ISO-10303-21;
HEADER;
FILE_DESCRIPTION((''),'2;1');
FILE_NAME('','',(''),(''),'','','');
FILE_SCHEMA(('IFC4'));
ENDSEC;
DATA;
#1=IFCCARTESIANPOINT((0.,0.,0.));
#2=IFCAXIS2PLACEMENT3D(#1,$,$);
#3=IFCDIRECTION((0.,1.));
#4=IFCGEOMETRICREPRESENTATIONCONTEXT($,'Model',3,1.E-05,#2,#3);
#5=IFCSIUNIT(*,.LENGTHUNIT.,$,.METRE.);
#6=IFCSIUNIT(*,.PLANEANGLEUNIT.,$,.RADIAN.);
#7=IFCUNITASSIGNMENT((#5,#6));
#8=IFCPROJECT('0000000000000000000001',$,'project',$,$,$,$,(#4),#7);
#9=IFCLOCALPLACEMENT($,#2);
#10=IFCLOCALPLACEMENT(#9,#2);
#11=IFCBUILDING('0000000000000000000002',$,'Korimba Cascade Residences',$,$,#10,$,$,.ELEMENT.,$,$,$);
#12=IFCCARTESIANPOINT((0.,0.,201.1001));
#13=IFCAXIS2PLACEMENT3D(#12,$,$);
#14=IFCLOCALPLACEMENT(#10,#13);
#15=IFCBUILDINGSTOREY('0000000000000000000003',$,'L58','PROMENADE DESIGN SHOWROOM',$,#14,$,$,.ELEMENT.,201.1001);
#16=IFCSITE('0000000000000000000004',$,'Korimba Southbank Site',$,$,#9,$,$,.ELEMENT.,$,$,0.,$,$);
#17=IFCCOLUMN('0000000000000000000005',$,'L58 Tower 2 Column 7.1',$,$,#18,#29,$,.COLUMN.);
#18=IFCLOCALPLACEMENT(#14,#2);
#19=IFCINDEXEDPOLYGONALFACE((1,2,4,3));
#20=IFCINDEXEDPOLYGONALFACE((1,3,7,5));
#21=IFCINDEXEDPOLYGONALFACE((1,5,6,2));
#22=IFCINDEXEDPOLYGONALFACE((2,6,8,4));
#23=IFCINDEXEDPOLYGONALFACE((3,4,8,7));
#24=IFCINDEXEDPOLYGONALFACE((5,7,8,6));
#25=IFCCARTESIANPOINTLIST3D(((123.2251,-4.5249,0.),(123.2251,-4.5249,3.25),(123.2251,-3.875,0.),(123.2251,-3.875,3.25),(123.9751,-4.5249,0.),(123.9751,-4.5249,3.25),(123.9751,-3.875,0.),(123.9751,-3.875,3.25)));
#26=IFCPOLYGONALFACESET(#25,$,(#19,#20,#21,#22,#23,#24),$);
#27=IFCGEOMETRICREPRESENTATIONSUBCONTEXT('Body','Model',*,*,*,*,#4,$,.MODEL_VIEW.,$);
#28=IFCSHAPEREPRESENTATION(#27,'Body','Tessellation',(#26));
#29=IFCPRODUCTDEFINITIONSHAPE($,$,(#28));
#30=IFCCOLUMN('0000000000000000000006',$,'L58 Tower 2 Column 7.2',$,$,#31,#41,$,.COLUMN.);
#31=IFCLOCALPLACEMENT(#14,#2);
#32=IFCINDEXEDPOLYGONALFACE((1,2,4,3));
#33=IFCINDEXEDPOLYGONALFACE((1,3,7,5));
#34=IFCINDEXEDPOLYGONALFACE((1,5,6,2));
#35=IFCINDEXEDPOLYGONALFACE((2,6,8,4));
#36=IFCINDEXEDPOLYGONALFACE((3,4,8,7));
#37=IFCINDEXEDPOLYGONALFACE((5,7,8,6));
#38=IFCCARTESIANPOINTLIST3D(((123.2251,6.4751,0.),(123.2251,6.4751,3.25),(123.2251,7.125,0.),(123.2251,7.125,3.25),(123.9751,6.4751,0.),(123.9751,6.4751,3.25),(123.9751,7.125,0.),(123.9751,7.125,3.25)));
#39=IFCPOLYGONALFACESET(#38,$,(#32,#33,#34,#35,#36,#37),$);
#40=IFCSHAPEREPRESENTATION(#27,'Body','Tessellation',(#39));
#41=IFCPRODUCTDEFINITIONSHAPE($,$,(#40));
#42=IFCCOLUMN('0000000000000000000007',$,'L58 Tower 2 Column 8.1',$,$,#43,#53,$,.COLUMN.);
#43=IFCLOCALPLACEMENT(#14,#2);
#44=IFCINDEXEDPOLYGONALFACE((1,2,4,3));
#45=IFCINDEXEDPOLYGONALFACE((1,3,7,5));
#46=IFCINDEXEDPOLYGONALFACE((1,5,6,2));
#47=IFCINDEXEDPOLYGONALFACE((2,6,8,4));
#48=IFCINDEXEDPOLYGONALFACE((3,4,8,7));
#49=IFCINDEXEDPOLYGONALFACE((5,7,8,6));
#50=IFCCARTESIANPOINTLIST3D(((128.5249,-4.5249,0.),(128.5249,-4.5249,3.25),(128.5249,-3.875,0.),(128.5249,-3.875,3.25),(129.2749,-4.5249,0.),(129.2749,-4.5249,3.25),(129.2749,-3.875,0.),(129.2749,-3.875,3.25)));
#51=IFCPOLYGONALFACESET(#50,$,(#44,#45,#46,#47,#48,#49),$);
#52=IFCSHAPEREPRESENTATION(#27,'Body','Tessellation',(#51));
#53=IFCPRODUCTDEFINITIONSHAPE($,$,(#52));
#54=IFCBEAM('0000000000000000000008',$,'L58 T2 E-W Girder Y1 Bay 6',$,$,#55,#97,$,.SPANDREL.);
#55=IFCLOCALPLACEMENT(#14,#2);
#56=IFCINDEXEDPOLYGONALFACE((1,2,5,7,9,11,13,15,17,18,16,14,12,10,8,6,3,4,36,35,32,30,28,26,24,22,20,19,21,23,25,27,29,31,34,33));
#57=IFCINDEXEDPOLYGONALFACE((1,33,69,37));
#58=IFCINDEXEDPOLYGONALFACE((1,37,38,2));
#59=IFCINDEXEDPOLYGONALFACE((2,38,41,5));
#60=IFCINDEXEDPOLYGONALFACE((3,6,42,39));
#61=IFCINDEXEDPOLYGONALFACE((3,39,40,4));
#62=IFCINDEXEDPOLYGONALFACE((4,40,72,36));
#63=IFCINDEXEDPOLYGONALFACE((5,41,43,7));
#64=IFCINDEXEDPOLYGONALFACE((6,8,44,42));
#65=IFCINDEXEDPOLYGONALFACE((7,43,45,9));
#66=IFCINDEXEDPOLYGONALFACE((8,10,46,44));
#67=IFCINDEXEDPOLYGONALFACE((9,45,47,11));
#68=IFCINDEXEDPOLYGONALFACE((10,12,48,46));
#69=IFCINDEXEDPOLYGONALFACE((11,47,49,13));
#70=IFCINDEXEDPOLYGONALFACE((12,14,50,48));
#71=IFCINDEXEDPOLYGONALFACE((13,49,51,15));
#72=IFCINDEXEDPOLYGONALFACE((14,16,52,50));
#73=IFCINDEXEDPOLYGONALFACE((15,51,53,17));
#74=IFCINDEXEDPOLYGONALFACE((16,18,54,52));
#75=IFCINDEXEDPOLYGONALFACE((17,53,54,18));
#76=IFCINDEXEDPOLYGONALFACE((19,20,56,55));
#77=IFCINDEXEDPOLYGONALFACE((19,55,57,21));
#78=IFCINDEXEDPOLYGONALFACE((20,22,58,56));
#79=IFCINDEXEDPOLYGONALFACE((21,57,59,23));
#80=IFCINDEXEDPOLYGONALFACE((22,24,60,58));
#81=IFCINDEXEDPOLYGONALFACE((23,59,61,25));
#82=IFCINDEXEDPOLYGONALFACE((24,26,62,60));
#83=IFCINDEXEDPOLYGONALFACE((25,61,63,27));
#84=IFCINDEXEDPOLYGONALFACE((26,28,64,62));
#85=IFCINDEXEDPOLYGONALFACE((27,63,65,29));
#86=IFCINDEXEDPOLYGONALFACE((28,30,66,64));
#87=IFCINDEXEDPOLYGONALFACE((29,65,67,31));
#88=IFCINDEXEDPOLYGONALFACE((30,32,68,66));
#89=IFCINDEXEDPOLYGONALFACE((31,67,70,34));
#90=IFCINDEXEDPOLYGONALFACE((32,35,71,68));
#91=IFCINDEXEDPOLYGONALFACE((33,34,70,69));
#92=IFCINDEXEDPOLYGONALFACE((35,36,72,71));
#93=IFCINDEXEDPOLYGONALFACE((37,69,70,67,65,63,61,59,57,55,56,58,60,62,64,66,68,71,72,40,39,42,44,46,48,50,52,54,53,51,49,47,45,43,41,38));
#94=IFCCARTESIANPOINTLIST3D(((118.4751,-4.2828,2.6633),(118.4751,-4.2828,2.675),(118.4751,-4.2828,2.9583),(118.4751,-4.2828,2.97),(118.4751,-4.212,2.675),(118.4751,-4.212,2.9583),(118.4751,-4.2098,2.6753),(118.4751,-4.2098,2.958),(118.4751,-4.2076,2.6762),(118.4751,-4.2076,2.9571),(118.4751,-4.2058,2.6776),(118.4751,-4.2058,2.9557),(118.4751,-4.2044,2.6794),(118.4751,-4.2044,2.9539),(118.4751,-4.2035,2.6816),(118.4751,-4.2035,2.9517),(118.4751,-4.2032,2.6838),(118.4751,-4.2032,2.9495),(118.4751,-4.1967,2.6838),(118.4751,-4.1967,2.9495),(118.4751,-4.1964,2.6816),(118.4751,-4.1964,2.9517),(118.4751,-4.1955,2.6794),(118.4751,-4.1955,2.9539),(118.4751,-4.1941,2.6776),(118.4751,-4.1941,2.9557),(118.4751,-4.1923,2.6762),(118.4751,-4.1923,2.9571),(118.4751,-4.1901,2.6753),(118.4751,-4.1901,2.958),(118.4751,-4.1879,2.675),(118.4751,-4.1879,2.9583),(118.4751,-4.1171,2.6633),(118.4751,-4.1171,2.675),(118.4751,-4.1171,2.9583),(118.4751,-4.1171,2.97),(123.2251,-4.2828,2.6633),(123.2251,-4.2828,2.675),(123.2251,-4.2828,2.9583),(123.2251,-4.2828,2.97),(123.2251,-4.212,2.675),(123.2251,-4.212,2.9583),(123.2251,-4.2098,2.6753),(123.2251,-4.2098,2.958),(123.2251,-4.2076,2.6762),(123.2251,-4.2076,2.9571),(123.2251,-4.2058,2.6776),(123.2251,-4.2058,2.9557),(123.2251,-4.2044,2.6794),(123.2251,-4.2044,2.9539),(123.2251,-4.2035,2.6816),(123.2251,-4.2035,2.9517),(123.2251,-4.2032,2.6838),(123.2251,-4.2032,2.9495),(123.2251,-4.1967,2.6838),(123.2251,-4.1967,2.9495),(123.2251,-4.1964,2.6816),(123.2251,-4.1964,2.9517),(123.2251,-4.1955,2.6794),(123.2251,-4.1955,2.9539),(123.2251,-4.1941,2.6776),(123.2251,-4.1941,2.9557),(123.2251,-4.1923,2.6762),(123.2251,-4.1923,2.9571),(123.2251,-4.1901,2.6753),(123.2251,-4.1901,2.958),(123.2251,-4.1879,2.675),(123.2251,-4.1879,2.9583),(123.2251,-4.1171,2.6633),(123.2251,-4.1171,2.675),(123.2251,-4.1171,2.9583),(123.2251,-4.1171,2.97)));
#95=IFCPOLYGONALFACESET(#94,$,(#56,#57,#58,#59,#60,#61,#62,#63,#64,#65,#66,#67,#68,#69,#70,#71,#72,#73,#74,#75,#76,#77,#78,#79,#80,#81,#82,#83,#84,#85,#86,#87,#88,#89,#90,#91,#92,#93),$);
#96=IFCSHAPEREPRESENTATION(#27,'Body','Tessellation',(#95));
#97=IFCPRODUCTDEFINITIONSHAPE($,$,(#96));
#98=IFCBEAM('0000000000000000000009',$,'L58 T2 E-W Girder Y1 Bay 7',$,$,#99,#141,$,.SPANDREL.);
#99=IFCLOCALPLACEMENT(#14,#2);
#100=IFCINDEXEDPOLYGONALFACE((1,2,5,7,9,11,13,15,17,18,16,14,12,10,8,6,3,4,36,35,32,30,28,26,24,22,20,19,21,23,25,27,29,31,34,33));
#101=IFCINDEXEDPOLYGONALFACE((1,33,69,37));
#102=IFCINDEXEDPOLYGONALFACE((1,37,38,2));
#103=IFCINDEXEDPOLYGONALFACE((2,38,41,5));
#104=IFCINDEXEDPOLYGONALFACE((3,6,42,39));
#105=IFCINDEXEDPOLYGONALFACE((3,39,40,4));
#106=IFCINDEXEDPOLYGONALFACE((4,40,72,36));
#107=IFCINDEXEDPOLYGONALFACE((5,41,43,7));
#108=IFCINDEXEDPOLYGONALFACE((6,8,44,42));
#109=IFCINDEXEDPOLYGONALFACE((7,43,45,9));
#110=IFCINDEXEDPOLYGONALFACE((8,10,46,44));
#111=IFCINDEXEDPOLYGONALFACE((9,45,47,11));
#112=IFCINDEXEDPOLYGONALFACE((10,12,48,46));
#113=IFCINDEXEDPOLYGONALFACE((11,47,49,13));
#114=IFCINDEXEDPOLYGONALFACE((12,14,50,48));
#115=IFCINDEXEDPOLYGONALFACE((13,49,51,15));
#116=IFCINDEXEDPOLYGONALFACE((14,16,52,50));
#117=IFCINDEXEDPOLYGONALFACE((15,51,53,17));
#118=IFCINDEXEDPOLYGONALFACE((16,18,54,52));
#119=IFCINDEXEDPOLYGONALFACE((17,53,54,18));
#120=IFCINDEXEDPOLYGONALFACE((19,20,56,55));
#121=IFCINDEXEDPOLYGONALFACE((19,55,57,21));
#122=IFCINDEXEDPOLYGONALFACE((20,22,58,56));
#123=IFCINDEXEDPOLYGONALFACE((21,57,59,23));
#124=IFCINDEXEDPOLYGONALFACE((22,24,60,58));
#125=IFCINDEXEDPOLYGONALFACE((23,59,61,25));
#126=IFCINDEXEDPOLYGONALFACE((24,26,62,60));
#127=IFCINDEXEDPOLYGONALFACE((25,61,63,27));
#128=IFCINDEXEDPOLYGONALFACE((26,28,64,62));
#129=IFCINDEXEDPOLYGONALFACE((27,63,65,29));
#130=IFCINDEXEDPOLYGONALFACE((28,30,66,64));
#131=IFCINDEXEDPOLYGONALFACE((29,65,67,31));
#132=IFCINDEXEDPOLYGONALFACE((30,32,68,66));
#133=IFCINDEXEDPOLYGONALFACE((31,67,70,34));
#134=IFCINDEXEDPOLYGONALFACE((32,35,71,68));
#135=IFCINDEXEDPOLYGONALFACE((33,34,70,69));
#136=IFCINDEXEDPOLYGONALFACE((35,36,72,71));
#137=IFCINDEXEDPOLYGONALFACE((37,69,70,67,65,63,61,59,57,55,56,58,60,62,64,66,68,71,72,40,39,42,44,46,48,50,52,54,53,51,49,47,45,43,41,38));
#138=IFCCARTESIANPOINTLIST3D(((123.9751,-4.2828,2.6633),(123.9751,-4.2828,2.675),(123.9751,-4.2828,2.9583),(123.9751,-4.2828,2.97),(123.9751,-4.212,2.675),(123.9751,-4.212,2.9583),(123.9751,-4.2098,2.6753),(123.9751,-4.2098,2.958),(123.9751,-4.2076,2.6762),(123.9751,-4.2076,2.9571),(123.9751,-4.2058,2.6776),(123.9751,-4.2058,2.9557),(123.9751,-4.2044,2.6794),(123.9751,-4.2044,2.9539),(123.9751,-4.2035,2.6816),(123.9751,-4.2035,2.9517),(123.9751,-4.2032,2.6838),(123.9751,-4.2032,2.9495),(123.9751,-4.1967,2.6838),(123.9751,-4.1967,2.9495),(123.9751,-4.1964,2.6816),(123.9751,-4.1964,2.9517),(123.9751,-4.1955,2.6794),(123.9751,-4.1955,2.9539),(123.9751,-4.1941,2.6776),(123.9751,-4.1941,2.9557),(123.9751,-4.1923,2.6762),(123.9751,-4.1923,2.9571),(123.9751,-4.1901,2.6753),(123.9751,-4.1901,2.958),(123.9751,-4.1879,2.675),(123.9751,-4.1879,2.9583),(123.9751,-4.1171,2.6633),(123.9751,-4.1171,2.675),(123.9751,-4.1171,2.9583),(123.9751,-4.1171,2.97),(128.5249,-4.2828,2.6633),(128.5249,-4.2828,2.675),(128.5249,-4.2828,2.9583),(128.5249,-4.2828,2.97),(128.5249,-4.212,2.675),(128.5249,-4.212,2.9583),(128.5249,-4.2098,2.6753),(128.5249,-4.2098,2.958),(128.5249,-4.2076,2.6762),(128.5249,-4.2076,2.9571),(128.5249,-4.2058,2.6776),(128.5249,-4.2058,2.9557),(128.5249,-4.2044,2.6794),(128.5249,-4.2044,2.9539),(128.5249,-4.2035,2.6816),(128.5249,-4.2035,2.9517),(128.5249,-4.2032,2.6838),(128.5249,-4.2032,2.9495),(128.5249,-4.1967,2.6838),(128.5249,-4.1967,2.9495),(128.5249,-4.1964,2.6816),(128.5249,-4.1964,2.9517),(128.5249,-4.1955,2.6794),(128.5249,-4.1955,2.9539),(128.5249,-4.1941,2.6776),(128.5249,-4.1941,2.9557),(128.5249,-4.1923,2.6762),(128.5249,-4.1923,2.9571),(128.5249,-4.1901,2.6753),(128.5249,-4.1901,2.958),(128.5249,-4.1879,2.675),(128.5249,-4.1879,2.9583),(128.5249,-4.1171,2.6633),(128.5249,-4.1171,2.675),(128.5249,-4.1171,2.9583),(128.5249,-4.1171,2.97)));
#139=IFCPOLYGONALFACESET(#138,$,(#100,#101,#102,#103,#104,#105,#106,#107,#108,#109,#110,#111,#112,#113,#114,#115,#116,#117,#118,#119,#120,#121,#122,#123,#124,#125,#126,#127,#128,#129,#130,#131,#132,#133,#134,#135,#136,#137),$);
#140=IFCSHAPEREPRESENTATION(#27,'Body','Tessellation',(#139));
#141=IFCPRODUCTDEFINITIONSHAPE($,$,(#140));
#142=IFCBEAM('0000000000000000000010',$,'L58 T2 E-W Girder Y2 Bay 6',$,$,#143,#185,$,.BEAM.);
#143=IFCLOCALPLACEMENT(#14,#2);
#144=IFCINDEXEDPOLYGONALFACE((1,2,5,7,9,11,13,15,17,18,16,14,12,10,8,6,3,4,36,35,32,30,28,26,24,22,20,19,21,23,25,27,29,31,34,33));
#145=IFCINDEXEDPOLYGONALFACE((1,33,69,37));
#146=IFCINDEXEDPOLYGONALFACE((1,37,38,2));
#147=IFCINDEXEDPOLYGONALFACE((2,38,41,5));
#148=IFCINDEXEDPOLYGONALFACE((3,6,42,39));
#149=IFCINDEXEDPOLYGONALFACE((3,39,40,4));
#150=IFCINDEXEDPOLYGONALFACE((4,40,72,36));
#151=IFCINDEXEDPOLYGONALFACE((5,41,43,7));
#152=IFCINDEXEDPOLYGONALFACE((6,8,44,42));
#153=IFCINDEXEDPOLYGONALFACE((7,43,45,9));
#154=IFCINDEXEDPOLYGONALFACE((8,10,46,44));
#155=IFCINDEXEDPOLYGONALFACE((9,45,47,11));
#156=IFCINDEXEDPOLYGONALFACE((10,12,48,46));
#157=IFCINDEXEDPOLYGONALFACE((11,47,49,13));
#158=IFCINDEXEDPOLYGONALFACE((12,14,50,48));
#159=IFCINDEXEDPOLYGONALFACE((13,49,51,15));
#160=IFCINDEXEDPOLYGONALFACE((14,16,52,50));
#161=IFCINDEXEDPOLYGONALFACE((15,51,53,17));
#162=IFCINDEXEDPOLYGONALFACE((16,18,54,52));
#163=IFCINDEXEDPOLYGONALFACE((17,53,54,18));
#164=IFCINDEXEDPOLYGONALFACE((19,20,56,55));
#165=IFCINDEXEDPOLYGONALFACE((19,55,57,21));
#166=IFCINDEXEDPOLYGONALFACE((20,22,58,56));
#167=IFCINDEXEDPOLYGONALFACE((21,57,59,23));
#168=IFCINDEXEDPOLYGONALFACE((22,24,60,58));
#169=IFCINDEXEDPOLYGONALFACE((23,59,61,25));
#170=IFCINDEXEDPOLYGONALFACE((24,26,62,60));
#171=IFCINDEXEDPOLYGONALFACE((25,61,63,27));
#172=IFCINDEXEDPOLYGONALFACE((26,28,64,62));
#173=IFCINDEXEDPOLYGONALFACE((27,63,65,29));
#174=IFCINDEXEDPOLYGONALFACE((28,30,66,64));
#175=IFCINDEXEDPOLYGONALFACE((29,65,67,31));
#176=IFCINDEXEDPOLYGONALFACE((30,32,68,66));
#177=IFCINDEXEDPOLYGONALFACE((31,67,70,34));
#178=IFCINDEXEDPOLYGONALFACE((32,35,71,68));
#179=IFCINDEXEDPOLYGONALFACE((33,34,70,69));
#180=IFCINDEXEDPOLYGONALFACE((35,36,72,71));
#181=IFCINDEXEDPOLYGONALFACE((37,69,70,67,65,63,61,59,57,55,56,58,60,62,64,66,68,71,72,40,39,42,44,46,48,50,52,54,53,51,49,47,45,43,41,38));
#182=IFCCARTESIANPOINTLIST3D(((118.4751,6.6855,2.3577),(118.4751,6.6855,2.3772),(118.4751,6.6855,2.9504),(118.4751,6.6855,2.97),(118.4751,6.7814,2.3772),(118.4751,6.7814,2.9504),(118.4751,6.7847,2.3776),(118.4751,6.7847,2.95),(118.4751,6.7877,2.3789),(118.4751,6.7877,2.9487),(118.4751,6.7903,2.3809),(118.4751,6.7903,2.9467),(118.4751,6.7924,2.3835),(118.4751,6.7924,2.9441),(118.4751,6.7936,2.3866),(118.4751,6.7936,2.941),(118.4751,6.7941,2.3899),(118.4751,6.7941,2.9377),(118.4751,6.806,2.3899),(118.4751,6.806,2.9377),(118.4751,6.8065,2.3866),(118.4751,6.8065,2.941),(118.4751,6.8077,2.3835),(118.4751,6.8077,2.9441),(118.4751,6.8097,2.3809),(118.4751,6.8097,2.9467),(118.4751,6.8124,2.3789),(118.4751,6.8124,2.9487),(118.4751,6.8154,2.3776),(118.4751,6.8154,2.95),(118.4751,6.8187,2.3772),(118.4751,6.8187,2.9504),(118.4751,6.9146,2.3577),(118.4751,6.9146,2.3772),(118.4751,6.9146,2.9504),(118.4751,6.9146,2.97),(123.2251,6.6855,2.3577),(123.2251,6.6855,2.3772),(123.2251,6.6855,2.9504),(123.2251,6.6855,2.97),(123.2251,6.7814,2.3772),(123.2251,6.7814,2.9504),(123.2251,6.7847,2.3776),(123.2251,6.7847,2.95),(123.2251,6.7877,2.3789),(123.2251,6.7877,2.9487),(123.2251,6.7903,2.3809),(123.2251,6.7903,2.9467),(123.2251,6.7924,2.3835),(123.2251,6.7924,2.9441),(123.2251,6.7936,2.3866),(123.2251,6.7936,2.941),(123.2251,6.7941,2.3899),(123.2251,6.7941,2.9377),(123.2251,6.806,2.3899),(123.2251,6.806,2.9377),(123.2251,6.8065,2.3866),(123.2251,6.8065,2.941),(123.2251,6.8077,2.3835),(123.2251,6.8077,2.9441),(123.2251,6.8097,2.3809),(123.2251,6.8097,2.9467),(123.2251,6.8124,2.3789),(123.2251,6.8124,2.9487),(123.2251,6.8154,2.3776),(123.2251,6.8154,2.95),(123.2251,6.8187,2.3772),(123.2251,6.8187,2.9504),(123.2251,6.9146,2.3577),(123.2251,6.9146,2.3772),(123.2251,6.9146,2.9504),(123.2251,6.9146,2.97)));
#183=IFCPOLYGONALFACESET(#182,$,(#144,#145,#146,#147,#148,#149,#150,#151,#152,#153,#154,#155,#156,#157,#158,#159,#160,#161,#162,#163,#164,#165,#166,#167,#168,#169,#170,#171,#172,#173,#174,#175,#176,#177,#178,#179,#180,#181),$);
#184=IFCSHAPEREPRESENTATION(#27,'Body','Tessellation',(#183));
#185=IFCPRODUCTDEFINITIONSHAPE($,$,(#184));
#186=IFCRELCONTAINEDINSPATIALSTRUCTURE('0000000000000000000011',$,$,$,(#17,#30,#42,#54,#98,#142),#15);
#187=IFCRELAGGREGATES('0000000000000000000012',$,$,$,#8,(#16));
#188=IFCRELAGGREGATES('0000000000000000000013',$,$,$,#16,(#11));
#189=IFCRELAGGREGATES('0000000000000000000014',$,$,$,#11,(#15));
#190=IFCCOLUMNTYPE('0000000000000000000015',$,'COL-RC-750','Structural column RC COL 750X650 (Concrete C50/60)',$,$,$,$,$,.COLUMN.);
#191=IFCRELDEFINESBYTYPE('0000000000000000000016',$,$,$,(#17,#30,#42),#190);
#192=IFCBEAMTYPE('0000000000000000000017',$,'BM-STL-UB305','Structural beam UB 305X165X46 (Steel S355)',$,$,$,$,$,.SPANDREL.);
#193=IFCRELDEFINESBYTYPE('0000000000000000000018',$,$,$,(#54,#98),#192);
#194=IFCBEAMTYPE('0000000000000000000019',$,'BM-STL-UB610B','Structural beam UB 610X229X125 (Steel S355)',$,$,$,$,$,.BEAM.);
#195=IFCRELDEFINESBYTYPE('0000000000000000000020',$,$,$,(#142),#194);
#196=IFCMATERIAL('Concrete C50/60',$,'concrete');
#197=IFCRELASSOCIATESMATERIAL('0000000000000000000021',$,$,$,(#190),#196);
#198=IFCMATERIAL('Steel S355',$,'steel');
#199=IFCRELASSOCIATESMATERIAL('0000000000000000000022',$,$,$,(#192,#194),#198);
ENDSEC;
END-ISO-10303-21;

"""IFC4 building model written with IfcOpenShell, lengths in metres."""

from ifc_helpers import new_model, si_unit, direction, frame, origin, origin_2d, place, context, subcontext, project, spatial, rectangle, i_section, extrude, material, material_profile, profile_set, type_object, element, save


model = new_model("IFC4")

# Units and contexts
model_context = context("Model", 3, precision=1e-05, world=origin(), true_north=direction((0.0, 1.0)))
body_context = subcontext(model_context, "Body", "Model", "MODEL_VIEW")
ifc_project = project(units=[si_unit("LENGTHUNIT", "METRE"), si_unit("PLANEANGLEUNIT", "RADIAN")], contexts=[model_context])

# Site, building, storey
site_placement = place(None, origin())
site = spatial("IfcSite", under=ifc_project, at=site_placement, Name="Korimba Southbank Site", CompositionType="ELEMENT", RefElevation=0.0)
building_placement = place(site_placement, origin())
building = spatial("IfcBuilding", under=site, at=building_placement, Name="Korimba Cascade Residences", CompositionType="ELEMENT")
storey_placement = place(building_placement, frame((0.0, 0.0, 201.1001)))
storey = spatial("IfcBuildingStorey", under=building, at=storey_placement, Name="L58", Description="PROMENADE DESIGN SHOWROOM", CompositionType="ELEMENT", Elevation=201.1001)

# Columns
ifc_material_1 = material(Name="Concrete C50/60", Category="concrete")
ifc_material_profile_1 = material_profile(ifc_material_1, rectangle(XDim=0.75, YDim=0.6499, at=origin_2d()), Name="Concrete C50/60")
ifc_profile_set_1 = profile_set([ifc_material_profile_1], Name="Concrete C50/60")
column_type = type_object("IfcColumnType", Name="COL-RC-750", Description="Structural column RC COL 750X650 (Concrete C50/60)", PredefinedType="COLUMN", material=ifc_profile_set_1)
for number, where, z_axis, x_axis, name in (
    (1, (123.6001, -4.2, 0.0), (0.0, 0.0, 1.0), (1.0, 0.0, 0.0), "L58 Tower 2 Column 7.1"),
    (2, (123.6001, 6.8, 0.0), (0.0, 0.0, 1.0), (1.0, 0.0, 0.0), "L58 Tower 2 Column 7.2"),
    (3, (128.8999, -4.2, 0.0), (0.0, 0.0, 1.0), (1.0, 0.0, 0.0), "L58 Tower 2 Column 8.1"),
):
    element("IfcColumn", number, at=place(storey_placement, frame(where, z_axis=z_axis, x_axis=x_axis)), inside=storey, type_object=column_type, Name=name, PredefinedType="COLUMN", context=body_context, shape_type="SweptSolid", body=[
        extrude(rectangle(XDim=0.75, YDim=0.6499, at=origin_2d()), origin(), (0.0, 0.0, 1.0), 3.25),
    ])

# Beams
ifc_material_2 = material(Name="Steel S355", Category="steel")
ifc_material_profile_2 = material_profile(ifc_material_2, i_section(OverallWidth=0.1658, OverallDepth=0.3066, WebThickness=0.0066, FlangeThickness=0.0117, FilletRadius=0.0088, at=origin_2d()), Name="Steel S355")
ifc_profile_set_2 = profile_set([ifc_material_profile_2], Name="Steel S355")
beam_type_1 = type_object("IfcBeamType", Name="BM-STL-UB305", Description="Structural beam UB 305X165X46 (Steel S355)", PredefinedType="SPANDREL", material=ifc_profile_set_2)
beam_1_placement = place(storey_placement, frame((118.4751, -4.2, 2.8167), z_axis=(1.0, 0.0, 0.0), x_axis=(0.0, 1.0, 0.0)))
element("IfcBeam", 4, at=beam_1_placement, inside=storey, type_object=beam_type_1, Name="L58 T2 E-W Girder Y1 Bay 6", PredefinedType="SPANDREL", context=body_context, shape_type="SweptSolid", body=[
    extrude(i_section(OverallWidth=0.1658, OverallDepth=0.3066, WebThickness=0.0066, FlangeThickness=0.0117, FilletRadius=0.0088, at=origin_2d()), origin(), (0.0, 0.0, 1.0), 4.75),
])
beam_2_placement = place(storey_placement, frame((123.9751, -4.2, 2.8167), z_axis=(1.0, 0.0, 0.0), x_axis=(0.0, 1.0, 0.0)))
element("IfcBeam", 5, at=beam_2_placement, inside=storey, type_object=beam_type_1, Name="L58 T2 E-W Girder Y1 Bay 7", PredefinedType="SPANDREL", context=body_context, shape_type="SweptSolid", body=[
    extrude(i_section(OverallWidth=0.1658, OverallDepth=0.3066, WebThickness=0.0066, FlangeThickness=0.0117, FilletRadius=0.0088, at=origin_2d()), origin(), (0.0, 0.0, 1.0), 4.5498),
])
ifc_material_profile_3 = material_profile(ifc_material_2, i_section(OverallWidth=0.229, OverallDepth=0.6123, WebThickness=0.012, FlangeThickness=0.0195, FilletRadius=0.0127, at=origin_2d()), Name="Steel S355")
ifc_profile_set_3 = profile_set([ifc_material_profile_3], Name="Steel S355")
beam_type_2 = type_object("IfcBeamType", Name="BM-STL-UB610B", Description="Structural beam UB 610X229X125 (Steel S355)", PredefinedType="BEAM", material=ifc_profile_set_3)
beam_3_placement = place(storey_placement, frame((118.4751, 6.8, 2.6638), z_axis=(1.0, 0.0, 0.0), x_axis=(0.0, 1.0, 0.0)))
element("IfcBeam", 6, at=beam_3_placement, inside=storey, type_object=beam_type_2, Name="L58 T2 E-W Girder Y2 Bay 6", PredefinedType="BEAM", context=body_context, shape_type="SweptSolid", body=[
    extrude(i_section(OverallWidth=0.229, OverallDepth=0.6123, WebThickness=0.012, FlangeThickness=0.0195, FilletRadius=0.0127, at=origin_2d()), origin(), (0.0, 0.0, 1.0), 4.75),
])

save(model, "model.ifc")
